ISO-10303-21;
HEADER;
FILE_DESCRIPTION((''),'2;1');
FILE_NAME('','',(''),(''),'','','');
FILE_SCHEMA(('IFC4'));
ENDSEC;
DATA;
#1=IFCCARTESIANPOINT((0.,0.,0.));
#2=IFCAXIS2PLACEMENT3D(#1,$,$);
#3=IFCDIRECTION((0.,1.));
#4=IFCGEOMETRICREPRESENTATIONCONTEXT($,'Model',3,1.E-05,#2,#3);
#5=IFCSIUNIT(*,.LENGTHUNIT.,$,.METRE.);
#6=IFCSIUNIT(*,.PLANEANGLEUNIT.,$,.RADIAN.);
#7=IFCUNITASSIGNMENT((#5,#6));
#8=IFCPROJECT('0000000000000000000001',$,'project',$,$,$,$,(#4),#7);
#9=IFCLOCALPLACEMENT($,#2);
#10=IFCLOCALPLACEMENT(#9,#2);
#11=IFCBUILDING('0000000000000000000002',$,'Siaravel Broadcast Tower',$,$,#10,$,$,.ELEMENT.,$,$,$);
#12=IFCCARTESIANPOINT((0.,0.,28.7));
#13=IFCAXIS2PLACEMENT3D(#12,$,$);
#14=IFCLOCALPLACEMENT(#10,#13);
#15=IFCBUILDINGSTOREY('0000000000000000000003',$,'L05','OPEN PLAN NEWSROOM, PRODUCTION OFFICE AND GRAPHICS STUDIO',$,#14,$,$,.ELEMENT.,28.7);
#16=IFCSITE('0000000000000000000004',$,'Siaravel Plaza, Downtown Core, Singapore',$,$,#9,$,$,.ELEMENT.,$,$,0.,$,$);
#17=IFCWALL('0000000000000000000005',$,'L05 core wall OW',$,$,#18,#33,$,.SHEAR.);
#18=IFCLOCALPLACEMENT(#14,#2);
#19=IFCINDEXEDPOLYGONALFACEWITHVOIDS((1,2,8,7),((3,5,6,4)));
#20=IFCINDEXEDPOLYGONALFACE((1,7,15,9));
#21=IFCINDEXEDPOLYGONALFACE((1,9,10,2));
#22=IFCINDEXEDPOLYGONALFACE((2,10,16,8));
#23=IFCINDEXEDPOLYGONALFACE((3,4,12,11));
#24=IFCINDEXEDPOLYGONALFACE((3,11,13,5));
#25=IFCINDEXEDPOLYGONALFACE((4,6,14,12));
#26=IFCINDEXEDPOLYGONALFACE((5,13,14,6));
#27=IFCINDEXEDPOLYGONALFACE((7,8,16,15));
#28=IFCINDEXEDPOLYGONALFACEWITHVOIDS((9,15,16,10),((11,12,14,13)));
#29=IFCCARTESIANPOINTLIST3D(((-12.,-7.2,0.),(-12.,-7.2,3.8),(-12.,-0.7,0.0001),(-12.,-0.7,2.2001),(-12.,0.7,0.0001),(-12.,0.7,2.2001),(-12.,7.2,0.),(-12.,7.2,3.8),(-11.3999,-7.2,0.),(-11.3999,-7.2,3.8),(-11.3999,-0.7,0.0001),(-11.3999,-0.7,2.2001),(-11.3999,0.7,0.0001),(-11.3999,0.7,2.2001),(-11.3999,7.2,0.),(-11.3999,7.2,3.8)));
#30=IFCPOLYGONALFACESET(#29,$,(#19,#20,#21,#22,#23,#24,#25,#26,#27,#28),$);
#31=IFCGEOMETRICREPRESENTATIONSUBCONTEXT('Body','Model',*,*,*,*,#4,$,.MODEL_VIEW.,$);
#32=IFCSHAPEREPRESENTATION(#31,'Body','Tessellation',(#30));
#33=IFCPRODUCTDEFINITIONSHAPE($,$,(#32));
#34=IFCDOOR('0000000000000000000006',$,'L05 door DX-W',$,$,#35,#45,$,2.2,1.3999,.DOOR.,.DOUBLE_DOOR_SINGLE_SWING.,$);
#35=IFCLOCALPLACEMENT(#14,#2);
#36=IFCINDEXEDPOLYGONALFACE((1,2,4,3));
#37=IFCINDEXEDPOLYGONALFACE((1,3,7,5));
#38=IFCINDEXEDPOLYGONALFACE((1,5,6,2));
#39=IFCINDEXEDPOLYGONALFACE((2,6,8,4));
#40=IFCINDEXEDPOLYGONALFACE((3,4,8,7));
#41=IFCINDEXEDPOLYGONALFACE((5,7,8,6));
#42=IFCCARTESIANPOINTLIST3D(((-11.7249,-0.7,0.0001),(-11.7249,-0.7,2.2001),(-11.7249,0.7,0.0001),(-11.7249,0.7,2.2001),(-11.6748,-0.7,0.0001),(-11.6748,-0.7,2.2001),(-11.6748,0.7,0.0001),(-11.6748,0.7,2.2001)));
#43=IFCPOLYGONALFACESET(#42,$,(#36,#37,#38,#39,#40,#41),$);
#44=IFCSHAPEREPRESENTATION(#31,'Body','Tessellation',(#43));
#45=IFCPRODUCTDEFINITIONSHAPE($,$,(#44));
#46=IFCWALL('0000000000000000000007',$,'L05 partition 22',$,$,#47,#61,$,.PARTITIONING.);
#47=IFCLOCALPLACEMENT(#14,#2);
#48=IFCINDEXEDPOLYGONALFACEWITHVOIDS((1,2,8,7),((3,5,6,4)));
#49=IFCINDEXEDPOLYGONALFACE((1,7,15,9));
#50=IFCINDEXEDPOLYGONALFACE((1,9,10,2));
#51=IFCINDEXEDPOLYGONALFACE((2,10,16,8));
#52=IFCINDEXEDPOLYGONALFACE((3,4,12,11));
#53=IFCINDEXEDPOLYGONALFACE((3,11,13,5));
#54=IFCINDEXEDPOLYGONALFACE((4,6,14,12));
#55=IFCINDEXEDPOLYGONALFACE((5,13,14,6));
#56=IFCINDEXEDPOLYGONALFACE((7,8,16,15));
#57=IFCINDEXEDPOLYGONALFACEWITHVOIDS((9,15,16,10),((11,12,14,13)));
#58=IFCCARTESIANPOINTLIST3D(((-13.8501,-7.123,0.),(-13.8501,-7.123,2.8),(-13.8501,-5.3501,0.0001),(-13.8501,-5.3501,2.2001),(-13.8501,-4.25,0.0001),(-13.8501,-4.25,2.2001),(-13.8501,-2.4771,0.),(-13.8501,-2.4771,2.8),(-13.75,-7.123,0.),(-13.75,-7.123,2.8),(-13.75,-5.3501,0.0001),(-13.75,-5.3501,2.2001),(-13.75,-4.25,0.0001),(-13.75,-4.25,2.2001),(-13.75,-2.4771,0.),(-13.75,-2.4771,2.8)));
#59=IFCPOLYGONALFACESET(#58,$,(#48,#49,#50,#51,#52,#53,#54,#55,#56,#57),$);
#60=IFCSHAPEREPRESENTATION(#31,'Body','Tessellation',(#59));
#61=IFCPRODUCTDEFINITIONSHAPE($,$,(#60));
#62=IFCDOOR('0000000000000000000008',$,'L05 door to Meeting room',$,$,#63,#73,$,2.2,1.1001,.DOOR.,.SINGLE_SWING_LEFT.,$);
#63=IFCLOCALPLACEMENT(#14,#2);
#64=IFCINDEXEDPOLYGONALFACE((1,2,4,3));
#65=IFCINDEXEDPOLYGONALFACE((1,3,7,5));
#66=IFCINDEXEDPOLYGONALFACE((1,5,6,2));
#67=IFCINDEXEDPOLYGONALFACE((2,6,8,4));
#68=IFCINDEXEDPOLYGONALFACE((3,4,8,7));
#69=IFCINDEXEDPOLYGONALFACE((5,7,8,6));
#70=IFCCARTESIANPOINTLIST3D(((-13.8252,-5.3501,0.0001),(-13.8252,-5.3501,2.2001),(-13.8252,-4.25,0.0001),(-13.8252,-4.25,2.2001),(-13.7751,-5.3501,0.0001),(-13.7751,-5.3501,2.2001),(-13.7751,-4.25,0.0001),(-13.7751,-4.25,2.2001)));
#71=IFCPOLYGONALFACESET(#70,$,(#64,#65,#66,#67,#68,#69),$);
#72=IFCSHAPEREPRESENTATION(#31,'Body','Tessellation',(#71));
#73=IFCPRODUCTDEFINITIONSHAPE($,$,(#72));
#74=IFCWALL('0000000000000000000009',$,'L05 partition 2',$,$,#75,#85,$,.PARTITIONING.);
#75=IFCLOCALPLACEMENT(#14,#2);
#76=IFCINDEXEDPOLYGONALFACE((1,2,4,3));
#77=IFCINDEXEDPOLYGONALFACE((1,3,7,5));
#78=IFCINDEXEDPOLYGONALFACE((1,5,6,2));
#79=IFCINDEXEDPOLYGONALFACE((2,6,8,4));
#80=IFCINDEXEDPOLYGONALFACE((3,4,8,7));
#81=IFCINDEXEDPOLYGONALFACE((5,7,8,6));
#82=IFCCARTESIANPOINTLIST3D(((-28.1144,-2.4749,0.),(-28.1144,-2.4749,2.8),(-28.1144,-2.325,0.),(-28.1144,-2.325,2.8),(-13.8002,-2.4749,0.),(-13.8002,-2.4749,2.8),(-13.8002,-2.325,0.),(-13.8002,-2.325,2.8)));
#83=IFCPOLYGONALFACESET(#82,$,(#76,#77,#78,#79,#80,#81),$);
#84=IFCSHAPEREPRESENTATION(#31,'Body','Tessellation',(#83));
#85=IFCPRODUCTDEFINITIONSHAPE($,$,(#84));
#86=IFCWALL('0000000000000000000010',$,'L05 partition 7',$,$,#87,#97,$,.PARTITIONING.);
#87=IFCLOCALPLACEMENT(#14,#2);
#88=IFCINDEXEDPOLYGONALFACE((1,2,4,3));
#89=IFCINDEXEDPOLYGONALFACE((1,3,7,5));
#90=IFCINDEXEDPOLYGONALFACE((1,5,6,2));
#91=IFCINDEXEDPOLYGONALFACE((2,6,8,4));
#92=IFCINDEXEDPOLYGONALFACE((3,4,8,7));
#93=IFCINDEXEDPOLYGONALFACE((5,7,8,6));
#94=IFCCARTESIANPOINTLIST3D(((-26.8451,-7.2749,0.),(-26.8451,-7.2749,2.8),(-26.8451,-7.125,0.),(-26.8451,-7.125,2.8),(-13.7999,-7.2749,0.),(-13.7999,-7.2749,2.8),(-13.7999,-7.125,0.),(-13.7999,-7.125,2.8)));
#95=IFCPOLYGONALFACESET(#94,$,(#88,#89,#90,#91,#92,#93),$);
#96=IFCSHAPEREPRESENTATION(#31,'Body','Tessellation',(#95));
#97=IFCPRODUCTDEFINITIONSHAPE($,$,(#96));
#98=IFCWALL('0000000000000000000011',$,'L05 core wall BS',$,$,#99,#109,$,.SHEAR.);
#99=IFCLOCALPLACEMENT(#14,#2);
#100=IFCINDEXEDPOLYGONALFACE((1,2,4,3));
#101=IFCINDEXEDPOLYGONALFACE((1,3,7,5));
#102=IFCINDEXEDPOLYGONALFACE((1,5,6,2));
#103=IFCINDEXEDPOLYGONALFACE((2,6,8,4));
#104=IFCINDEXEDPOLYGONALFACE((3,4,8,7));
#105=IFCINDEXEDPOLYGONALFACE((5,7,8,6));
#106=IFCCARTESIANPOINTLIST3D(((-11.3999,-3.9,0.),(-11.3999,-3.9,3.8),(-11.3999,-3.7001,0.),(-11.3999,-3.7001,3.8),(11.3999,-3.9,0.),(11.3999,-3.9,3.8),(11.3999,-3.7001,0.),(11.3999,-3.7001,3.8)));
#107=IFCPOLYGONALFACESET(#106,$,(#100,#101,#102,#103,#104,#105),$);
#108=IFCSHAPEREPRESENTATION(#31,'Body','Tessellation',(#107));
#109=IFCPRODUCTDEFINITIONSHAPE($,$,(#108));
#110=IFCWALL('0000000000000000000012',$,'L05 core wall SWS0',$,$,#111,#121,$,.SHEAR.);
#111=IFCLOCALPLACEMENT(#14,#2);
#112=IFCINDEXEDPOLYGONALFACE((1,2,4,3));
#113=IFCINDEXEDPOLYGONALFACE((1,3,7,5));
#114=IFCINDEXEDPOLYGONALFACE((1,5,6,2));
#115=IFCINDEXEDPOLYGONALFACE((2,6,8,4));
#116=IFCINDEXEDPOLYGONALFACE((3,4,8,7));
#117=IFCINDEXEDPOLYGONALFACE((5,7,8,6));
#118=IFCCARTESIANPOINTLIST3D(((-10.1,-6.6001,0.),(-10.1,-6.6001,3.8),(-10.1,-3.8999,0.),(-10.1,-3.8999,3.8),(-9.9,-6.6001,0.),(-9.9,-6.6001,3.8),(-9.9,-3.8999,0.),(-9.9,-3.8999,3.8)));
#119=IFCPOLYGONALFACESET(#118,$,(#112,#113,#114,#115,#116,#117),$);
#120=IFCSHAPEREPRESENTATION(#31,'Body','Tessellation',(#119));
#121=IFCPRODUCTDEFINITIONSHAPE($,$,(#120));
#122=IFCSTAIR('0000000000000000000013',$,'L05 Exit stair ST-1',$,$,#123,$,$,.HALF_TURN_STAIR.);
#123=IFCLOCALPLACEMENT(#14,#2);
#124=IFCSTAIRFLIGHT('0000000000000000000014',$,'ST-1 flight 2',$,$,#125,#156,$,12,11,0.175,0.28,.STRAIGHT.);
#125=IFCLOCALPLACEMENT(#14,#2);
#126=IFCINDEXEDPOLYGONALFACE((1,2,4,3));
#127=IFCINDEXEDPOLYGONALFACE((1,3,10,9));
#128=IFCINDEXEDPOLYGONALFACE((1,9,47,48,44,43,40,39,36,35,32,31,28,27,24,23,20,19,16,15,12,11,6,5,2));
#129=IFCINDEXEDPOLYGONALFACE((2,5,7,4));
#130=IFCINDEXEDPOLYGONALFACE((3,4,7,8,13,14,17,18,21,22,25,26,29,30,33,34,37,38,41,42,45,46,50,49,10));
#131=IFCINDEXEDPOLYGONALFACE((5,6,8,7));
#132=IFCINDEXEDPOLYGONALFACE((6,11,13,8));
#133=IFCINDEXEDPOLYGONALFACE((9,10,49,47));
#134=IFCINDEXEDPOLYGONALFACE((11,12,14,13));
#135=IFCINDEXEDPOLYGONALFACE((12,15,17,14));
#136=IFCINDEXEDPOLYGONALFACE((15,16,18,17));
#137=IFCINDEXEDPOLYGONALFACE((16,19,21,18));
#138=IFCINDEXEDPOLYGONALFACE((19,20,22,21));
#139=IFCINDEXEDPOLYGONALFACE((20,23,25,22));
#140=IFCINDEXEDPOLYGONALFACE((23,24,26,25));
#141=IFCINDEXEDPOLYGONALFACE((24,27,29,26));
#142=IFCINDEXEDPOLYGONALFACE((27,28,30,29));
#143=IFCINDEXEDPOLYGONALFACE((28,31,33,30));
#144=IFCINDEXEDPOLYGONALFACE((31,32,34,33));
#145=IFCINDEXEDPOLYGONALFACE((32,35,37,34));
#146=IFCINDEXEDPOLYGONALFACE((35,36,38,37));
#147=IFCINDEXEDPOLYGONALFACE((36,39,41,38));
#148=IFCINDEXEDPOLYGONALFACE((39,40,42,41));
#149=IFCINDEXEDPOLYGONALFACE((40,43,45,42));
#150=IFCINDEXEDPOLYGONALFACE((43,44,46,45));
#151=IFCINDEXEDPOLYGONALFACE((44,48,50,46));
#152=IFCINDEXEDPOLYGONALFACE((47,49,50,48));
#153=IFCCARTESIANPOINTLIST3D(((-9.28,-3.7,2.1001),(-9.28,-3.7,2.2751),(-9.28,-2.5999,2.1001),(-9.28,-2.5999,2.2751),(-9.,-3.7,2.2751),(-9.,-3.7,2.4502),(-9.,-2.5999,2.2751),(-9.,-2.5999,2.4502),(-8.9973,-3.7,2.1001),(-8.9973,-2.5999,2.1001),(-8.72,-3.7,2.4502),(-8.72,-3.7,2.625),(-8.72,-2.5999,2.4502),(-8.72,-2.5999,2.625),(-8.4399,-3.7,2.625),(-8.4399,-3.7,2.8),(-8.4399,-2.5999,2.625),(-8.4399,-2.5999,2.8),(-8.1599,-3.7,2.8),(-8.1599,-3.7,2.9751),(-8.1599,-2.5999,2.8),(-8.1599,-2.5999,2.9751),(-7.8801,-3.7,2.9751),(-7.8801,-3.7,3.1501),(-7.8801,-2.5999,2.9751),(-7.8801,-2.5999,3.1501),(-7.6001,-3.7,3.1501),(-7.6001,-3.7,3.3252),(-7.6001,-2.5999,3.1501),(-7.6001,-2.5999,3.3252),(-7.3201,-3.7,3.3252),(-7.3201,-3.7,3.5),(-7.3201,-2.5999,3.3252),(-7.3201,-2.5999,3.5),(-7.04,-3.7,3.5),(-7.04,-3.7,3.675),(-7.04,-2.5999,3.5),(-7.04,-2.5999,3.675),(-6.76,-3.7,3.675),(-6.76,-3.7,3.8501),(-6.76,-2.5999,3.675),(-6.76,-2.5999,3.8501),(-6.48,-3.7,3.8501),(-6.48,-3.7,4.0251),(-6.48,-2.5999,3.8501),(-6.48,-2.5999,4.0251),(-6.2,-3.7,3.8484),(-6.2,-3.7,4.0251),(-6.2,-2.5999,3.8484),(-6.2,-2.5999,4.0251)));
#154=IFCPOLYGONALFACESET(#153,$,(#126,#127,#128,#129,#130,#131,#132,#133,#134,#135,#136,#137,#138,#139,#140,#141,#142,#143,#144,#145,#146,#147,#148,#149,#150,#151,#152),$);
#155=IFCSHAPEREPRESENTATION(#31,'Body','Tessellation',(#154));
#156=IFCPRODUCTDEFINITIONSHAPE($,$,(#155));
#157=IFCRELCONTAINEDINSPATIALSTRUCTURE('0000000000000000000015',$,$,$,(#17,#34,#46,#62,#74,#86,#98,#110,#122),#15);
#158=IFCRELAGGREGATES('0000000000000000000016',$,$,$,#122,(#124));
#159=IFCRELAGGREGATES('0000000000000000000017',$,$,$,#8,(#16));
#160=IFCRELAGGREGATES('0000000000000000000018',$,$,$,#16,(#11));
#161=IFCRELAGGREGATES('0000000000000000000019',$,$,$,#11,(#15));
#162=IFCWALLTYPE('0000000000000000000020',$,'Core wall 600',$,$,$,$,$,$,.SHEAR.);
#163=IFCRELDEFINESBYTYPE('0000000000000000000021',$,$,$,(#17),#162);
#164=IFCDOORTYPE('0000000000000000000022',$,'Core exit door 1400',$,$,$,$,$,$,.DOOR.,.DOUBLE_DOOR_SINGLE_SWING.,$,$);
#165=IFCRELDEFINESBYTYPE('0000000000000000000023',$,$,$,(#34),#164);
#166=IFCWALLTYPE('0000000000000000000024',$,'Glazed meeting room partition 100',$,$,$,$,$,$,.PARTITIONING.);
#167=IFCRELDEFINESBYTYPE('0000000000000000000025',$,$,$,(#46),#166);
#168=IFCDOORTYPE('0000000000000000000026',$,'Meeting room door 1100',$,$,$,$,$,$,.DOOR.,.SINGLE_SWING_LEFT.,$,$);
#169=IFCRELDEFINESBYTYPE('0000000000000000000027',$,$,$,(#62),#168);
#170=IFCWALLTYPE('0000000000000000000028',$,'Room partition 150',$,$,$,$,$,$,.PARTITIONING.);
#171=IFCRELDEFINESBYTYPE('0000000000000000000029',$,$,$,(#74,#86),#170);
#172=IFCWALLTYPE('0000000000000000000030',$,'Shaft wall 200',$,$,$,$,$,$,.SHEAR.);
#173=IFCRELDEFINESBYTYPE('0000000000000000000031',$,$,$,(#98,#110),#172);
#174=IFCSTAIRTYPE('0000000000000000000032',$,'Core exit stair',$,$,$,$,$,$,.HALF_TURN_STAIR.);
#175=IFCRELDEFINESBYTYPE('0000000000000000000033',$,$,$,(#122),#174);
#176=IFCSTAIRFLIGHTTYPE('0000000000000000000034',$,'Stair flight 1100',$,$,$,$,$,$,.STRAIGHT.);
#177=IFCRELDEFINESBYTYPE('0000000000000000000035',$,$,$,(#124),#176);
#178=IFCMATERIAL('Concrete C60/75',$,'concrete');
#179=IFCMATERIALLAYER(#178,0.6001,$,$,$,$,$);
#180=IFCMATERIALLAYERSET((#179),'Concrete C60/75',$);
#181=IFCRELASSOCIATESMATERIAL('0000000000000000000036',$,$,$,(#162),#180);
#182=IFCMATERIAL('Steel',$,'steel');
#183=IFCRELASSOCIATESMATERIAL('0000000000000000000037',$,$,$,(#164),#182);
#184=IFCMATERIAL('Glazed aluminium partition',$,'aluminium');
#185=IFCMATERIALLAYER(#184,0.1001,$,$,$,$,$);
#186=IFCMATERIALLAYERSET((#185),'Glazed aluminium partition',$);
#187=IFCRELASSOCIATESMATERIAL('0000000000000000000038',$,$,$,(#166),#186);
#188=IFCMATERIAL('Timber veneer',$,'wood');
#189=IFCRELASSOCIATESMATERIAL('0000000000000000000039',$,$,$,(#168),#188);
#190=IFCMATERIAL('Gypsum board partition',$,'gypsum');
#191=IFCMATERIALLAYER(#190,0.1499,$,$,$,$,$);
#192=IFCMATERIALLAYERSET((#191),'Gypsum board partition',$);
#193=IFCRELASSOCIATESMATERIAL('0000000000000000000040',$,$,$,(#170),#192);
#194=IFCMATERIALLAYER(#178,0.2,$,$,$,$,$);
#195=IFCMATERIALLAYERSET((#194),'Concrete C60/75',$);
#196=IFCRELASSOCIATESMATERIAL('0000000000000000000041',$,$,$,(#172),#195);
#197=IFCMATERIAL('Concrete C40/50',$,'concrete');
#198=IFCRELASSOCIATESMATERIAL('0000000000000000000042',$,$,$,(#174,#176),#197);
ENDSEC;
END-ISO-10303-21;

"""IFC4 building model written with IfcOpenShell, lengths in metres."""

from ifc_helpers import new_model, si_unit, direction, frame, frame_2d, origin, place, context, subcontext, project, spatial, polyline, rectangle, outline, extrude, material, layer, layer_set, type_object, element, fill, aggregate, save


model = new_model("IFC4")

# Units and contexts
model_context = context("Model", 3, precision=1e-05, world=origin(), true_north=direction((0.0, 1.0)))
body_context = subcontext(model_context, "Body", "Model", "MODEL_VIEW")
ifc_project = project(units=[si_unit("LENGTHUNIT", "METRE"), si_unit("PLANEANGLEUNIT", "RADIAN")], contexts=[model_context])

# Site, building, storey
site_placement = place(None, origin())
site = spatial("IfcSite", under=ifc_project, at=site_placement, Name="Siaravel Plaza, Downtown Core, Singapore", CompositionType="ELEMENT", RefElevation=0.0)
building_placement = place(site_placement, origin())
building = spatial("IfcBuilding", under=site, at=building_placement, Name="Siaravel Broadcast Tower", CompositionType="ELEMENT")
storey_placement = place(building_placement, frame((0.0, 0.0, 28.7)))
storey = spatial("IfcBuildingStorey", under=building, at=storey_placement, Name="L05", Description="OPEN PLAN NEWSROOM, PRODUCTION OFFICE AND GRAPHICS STUDIO", CompositionType="ELEMENT", Elevation=28.7)

# Wall, opening, door
ifc_material_1 = material(Name="Concrete C60/75", Category="concrete")
ifc_layer_1 = layer(ifc_material_1, 0.6001)
ifc_layer_set_1 = layer_set([ifc_layer_1], Name="Concrete C60/75")
wall_type_1 = type_object("IfcWallType", Name="Core wall 600", PredefinedType="SHEAR", material=ifc_layer_set_1)
wall_1_placement = place(storey_placement, frame((-11.7, -7.2, 0.0), z_axis=(0.0, 0.0, 1.0), x_axis=(0.0, 1.0, 0.0)))
wall_1 = element("IfcWall", 1, at=wall_1_placement, inside=storey, type_object=wall_type_1, Name="L05 core wall OW", PredefinedType="SHEAR", context=body_context, shape_type="SweptSolid", body=[
    extrude(rectangle(XDim=14.3999, YDim=0.6001, at=frame_2d((7.2, 0.0))), origin(), (0.0, 0.0, 1.0), 3.8),
])
opening_1_placement = place(wall_1_placement, frame((6.5, 0.0, 0.0)))
opening_1 = element("IfcOpeningElement", 2, at=opening_1_placement, cuts=wall_1, PredefinedType="OPENING", context=body_context, shape_type="SweptSolid", body=[
    extrude(rectangle(XDim=1.3999, YDim=2.2, at=frame_2d((0.7, 1.1001))), frame((0.0, 0.3101, 0.0), z_axis=(0.0, -1.0, 0.0), x_axis=(1.0, 0.0, 0.0)), (0.0, 0.0, 1.0), 0.6201),
])
ifc_material_2 = material(Name="Steel", Category="steel")
door_type_1 = type_object("IfcDoorType", Name="Core exit door 1400", OperationType="DOUBLE_DOOR_SINGLE_SWING", PredefinedType="DOOR", material=ifc_material_2)
door_1_placement = place(opening_1_placement, origin())
door_1 = element("IfcDoor", 3, at=door_1_placement, inside=storey, type_object=door_type_1, Name="L05 door DX-W", OperationType="DOUBLE_DOOR_SINGLE_SWING", OverallHeight=2.2, OverallWidth=1.3999, PredefinedType="DOOR", context=body_context, shape_type="SweptSolid", body=[
    extrude(rectangle(XDim=1.3999, YDim=2.2, at=frame_2d((0.7, 1.1001))), frame((0.0, 0.0249, 0.0), z_axis=(0.0, -1.0, 0.0), x_axis=(1.0, 0.0, 0.0)), (0.0, 0.0, 1.0), 0.05),
])
fill(opening_1, door_1)

# Wall, opening, door
ifc_material_3 = material(Name="Glazed aluminium partition", Category="aluminium")
ifc_layer_2 = layer(ifc_material_3, 0.1001)
ifc_layer_set_2 = layer_set([ifc_layer_2], Name="Glazed aluminium partition")
wall_type_2 = type_object("IfcWallType", Name="Glazed meeting room partition 100", PredefinedType="PARTITIONING", material=ifc_layer_set_2)
wall_2_placement = place(storey_placement, frame((-13.8, -2.4771, 0.0), z_axis=(0.0, 0.0, 1.0), x_axis=(0.0, -1.0, 0.0)))
wall_2 = element("IfcWall", 4, at=wall_2_placement, inside=storey, type_object=wall_type_2, Name="L05 partition 22", PredefinedType="PARTITIONING", context=body_context, shape_type="SweptSolid", body=[
    extrude(rectangle(XDim=4.646, YDim=0.1001, at=frame_2d((2.323, 0.0))), origin(), (0.0, 0.0, 1.0), 2.8),
])
opening_2_placement = place(wall_2_placement, frame((1.7729, 0.0, 0.0)))
opening_2 = element("IfcOpeningElement", 5, at=opening_2_placement, cuts=wall_2, PredefinedType="OPENING", context=body_context, shape_type="SweptSolid", body=[
    extrude(rectangle(XDim=1.1001, YDim=2.2, at=frame_2d((0.55, 1.1001))), frame((0.0, 0.0601, 0.0), z_axis=(0.0, -1.0, 0.0), x_axis=(1.0, 0.0, 0.0)), (0.0, 0.0, 1.0), 0.1201),
])
ifc_material_4 = material(Name="Timber veneer", Category="wood")
door_type_2 = type_object("IfcDoorType", Name="Meeting room door 1100", OperationType="SINGLE_SWING_LEFT", PredefinedType="DOOR", material=ifc_material_4)
door_2_placement = place(opening_2_placement, origin())
door_2 = element("IfcDoor", 6, at=door_2_placement, inside=storey, type_object=door_type_2, Name="L05 door to Meeting room", OperationType="SINGLE_SWING_LEFT", OverallHeight=2.2, OverallWidth=1.1001, PredefinedType="DOOR", context=body_context, shape_type="SweptSolid", body=[
    extrude(rectangle(XDim=1.1001, YDim=2.2, at=frame_2d((0.55, 1.1001))), frame((0.0, 0.0249, 0.0), z_axis=(0.0, -1.0, 0.0), x_axis=(1.0, 0.0, 0.0)), (0.0, 0.0, 1.0), 0.05),
])
fill(opening_2, door_2)

# Walls
ifc_material_5 = material(Name="Gypsum board partition", Category="gypsum")
ifc_layer_3 = layer(ifc_material_5, 0.1499)
ifc_layer_set_3 = layer_set([ifc_layer_3], Name="Gypsum board partition")
wall_type_3 = type_object("IfcWallType", Name="Room partition 150", PredefinedType="PARTITIONING", material=ifc_layer_set_3)
wall_3_placement = place(storey_placement, frame((-13.8, -2.3999, 0.0), z_axis=(0.0, 0.0, 1.0), x_axis=(-1.0, 0.0, 0.0)))
element("IfcWall", 7, at=wall_3_placement, inside=storey, type_object=wall_type_3, Name="L05 partition 2", PredefinedType="PARTITIONING", context=body_context, shape_type="SweptSolid", body=[
    extrude(rectangle(XDim=14.3142, YDim=0.1499, at=frame_2d((7.1572, 0.0))), origin(), (0.0, 0.0, 1.0), 2.8),
])
wall_4_placement = place(storey_placement, frame((-13.8, -7.2, 0.0), z_axis=(0.0, 0.0, 1.0), x_axis=(-1.0, 0.0, 0.0)))
element("IfcWall", 8, at=wall_4_placement, inside=storey, type_object=wall_type_3, Name="L05 partition 7", PredefinedType="PARTITIONING", context=body_context, shape_type="SweptSolid", body=[
    extrude(rectangle(XDim=13.0452, YDim=0.1499, at=frame_2d((6.5225, 0.0))), origin(), (0.0, 0.0, 1.0), 2.8),
])
ifc_layer_4 = layer(ifc_material_1, 0.2)
ifc_layer_set_4 = layer_set([ifc_layer_4], Name="Concrete C60/75")
wall_type_4 = type_object("IfcWallType", Name="Shaft wall 200", PredefinedType="SHEAR", material=ifc_layer_set_4)
wall_5_placement = place(storey_placement, frame((-11.3999, -3.8, 0.0), z_axis=(0.0, 0.0, 1.0), x_axis=(1.0, 0.0, 0.0)))
element("IfcWall", 9, at=wall_5_placement, inside=storey, type_object=wall_type_4, Name="L05 core wall BS", PredefinedType="SHEAR", context=body_context, shape_type="SweptSolid", body=[
    extrude(rectangle(XDim=22.7998, YDim=0.2, at=frame_2d((11.3999, 0.0))), origin(), (0.0, 0.0, 1.0), 3.8),
])
wall_6_placement = place(storey_placement, frame((-10.0, -6.6001, 0.0), z_axis=(0.0, 0.0, 1.0), x_axis=(0.0, 1.0, 0.0)))
element("IfcWall", 10, at=wall_6_placement, inside=storey, type_object=wall_type_4, Name="L05 core wall SWS0", PredefinedType="SHEAR", context=body_context, shape_type="SweptSolid", body=[
    extrude(rectangle(XDim=2.7002, YDim=0.2, at=frame_2d((1.3501, 0.0))), origin(), (0.0, 0.0, 1.0), 3.8),
])

# Stair, stair flight
ifc_material_6 = material(Name="Concrete C40/50", Category="concrete")
stair_type = type_object("IfcStairType", Name="Core exit stair", PredefinedType="HALF_TURN_STAIR", material=ifc_material_6)
stair_placement = place(storey_placement, origin())
stair = element("IfcStair", 11, at=stair_placement, inside=storey, type_object=stair_type, Name="L05 Exit stair ST-1", PredefinedType="HALF_TURN_STAIR")
stair_flight_type = type_object("IfcStairFlightType", Name="Stair flight 1100", PredefinedType="STRAIGHT", material=ifc_material_6)
stair_flight_placement = place(storey_placement, frame((-9.28, -3.1499, 2.1001), z_axis=(0.0, 0.0, 1.0), x_axis=(1.0, 0.0, 0.0)))
stair_flight = element("IfcStairFlight", 12, at=stair_flight_placement, type_object=stair_flight_type, Name="ST-1 flight 2", NumberOfRisers=12, NumberOfTreads=11, PredefinedType="STRAIGHT", RiserHeight=0.175, TreadLength=0.28, context=body_context, shape_type="SweptSolid", body=[
    extrude(outline(polyline([(0.0, 0.0), (0.0, 0.175), (0.28, 0.175), (0.28, 0.3501), (0.5601, 0.3501), (0.5601, 0.5249), (0.8401, 0.5249), (0.8401, 0.7), (1.1201, 0.7), (1.1201, 0.875), (1.3999, 0.875), (1.3999, 1.05), (1.6799, 1.05), (1.6799, 1.2251), (1.96, 1.2251), (1.96, 1.3999), (2.24, 1.3999), (2.24, 1.575), (2.52, 1.575), (2.52, 1.75), (2.8, 1.75), (2.8, 1.925), (3.0801, 1.925), (3.0801, 2.1001), (3.0801, 1.7483), (0.2827, 0.0), (0.0, 0.0)])), frame((0.0, 0.55, 0.0), z_axis=(0.0, -1.0, 0.0), x_axis=(1.0, 0.0, 0.0)), (0.0, 0.0, 1.0), 1.1001),
])
aggregate(stair, [stair_flight])

save(model, "model.ifc")
